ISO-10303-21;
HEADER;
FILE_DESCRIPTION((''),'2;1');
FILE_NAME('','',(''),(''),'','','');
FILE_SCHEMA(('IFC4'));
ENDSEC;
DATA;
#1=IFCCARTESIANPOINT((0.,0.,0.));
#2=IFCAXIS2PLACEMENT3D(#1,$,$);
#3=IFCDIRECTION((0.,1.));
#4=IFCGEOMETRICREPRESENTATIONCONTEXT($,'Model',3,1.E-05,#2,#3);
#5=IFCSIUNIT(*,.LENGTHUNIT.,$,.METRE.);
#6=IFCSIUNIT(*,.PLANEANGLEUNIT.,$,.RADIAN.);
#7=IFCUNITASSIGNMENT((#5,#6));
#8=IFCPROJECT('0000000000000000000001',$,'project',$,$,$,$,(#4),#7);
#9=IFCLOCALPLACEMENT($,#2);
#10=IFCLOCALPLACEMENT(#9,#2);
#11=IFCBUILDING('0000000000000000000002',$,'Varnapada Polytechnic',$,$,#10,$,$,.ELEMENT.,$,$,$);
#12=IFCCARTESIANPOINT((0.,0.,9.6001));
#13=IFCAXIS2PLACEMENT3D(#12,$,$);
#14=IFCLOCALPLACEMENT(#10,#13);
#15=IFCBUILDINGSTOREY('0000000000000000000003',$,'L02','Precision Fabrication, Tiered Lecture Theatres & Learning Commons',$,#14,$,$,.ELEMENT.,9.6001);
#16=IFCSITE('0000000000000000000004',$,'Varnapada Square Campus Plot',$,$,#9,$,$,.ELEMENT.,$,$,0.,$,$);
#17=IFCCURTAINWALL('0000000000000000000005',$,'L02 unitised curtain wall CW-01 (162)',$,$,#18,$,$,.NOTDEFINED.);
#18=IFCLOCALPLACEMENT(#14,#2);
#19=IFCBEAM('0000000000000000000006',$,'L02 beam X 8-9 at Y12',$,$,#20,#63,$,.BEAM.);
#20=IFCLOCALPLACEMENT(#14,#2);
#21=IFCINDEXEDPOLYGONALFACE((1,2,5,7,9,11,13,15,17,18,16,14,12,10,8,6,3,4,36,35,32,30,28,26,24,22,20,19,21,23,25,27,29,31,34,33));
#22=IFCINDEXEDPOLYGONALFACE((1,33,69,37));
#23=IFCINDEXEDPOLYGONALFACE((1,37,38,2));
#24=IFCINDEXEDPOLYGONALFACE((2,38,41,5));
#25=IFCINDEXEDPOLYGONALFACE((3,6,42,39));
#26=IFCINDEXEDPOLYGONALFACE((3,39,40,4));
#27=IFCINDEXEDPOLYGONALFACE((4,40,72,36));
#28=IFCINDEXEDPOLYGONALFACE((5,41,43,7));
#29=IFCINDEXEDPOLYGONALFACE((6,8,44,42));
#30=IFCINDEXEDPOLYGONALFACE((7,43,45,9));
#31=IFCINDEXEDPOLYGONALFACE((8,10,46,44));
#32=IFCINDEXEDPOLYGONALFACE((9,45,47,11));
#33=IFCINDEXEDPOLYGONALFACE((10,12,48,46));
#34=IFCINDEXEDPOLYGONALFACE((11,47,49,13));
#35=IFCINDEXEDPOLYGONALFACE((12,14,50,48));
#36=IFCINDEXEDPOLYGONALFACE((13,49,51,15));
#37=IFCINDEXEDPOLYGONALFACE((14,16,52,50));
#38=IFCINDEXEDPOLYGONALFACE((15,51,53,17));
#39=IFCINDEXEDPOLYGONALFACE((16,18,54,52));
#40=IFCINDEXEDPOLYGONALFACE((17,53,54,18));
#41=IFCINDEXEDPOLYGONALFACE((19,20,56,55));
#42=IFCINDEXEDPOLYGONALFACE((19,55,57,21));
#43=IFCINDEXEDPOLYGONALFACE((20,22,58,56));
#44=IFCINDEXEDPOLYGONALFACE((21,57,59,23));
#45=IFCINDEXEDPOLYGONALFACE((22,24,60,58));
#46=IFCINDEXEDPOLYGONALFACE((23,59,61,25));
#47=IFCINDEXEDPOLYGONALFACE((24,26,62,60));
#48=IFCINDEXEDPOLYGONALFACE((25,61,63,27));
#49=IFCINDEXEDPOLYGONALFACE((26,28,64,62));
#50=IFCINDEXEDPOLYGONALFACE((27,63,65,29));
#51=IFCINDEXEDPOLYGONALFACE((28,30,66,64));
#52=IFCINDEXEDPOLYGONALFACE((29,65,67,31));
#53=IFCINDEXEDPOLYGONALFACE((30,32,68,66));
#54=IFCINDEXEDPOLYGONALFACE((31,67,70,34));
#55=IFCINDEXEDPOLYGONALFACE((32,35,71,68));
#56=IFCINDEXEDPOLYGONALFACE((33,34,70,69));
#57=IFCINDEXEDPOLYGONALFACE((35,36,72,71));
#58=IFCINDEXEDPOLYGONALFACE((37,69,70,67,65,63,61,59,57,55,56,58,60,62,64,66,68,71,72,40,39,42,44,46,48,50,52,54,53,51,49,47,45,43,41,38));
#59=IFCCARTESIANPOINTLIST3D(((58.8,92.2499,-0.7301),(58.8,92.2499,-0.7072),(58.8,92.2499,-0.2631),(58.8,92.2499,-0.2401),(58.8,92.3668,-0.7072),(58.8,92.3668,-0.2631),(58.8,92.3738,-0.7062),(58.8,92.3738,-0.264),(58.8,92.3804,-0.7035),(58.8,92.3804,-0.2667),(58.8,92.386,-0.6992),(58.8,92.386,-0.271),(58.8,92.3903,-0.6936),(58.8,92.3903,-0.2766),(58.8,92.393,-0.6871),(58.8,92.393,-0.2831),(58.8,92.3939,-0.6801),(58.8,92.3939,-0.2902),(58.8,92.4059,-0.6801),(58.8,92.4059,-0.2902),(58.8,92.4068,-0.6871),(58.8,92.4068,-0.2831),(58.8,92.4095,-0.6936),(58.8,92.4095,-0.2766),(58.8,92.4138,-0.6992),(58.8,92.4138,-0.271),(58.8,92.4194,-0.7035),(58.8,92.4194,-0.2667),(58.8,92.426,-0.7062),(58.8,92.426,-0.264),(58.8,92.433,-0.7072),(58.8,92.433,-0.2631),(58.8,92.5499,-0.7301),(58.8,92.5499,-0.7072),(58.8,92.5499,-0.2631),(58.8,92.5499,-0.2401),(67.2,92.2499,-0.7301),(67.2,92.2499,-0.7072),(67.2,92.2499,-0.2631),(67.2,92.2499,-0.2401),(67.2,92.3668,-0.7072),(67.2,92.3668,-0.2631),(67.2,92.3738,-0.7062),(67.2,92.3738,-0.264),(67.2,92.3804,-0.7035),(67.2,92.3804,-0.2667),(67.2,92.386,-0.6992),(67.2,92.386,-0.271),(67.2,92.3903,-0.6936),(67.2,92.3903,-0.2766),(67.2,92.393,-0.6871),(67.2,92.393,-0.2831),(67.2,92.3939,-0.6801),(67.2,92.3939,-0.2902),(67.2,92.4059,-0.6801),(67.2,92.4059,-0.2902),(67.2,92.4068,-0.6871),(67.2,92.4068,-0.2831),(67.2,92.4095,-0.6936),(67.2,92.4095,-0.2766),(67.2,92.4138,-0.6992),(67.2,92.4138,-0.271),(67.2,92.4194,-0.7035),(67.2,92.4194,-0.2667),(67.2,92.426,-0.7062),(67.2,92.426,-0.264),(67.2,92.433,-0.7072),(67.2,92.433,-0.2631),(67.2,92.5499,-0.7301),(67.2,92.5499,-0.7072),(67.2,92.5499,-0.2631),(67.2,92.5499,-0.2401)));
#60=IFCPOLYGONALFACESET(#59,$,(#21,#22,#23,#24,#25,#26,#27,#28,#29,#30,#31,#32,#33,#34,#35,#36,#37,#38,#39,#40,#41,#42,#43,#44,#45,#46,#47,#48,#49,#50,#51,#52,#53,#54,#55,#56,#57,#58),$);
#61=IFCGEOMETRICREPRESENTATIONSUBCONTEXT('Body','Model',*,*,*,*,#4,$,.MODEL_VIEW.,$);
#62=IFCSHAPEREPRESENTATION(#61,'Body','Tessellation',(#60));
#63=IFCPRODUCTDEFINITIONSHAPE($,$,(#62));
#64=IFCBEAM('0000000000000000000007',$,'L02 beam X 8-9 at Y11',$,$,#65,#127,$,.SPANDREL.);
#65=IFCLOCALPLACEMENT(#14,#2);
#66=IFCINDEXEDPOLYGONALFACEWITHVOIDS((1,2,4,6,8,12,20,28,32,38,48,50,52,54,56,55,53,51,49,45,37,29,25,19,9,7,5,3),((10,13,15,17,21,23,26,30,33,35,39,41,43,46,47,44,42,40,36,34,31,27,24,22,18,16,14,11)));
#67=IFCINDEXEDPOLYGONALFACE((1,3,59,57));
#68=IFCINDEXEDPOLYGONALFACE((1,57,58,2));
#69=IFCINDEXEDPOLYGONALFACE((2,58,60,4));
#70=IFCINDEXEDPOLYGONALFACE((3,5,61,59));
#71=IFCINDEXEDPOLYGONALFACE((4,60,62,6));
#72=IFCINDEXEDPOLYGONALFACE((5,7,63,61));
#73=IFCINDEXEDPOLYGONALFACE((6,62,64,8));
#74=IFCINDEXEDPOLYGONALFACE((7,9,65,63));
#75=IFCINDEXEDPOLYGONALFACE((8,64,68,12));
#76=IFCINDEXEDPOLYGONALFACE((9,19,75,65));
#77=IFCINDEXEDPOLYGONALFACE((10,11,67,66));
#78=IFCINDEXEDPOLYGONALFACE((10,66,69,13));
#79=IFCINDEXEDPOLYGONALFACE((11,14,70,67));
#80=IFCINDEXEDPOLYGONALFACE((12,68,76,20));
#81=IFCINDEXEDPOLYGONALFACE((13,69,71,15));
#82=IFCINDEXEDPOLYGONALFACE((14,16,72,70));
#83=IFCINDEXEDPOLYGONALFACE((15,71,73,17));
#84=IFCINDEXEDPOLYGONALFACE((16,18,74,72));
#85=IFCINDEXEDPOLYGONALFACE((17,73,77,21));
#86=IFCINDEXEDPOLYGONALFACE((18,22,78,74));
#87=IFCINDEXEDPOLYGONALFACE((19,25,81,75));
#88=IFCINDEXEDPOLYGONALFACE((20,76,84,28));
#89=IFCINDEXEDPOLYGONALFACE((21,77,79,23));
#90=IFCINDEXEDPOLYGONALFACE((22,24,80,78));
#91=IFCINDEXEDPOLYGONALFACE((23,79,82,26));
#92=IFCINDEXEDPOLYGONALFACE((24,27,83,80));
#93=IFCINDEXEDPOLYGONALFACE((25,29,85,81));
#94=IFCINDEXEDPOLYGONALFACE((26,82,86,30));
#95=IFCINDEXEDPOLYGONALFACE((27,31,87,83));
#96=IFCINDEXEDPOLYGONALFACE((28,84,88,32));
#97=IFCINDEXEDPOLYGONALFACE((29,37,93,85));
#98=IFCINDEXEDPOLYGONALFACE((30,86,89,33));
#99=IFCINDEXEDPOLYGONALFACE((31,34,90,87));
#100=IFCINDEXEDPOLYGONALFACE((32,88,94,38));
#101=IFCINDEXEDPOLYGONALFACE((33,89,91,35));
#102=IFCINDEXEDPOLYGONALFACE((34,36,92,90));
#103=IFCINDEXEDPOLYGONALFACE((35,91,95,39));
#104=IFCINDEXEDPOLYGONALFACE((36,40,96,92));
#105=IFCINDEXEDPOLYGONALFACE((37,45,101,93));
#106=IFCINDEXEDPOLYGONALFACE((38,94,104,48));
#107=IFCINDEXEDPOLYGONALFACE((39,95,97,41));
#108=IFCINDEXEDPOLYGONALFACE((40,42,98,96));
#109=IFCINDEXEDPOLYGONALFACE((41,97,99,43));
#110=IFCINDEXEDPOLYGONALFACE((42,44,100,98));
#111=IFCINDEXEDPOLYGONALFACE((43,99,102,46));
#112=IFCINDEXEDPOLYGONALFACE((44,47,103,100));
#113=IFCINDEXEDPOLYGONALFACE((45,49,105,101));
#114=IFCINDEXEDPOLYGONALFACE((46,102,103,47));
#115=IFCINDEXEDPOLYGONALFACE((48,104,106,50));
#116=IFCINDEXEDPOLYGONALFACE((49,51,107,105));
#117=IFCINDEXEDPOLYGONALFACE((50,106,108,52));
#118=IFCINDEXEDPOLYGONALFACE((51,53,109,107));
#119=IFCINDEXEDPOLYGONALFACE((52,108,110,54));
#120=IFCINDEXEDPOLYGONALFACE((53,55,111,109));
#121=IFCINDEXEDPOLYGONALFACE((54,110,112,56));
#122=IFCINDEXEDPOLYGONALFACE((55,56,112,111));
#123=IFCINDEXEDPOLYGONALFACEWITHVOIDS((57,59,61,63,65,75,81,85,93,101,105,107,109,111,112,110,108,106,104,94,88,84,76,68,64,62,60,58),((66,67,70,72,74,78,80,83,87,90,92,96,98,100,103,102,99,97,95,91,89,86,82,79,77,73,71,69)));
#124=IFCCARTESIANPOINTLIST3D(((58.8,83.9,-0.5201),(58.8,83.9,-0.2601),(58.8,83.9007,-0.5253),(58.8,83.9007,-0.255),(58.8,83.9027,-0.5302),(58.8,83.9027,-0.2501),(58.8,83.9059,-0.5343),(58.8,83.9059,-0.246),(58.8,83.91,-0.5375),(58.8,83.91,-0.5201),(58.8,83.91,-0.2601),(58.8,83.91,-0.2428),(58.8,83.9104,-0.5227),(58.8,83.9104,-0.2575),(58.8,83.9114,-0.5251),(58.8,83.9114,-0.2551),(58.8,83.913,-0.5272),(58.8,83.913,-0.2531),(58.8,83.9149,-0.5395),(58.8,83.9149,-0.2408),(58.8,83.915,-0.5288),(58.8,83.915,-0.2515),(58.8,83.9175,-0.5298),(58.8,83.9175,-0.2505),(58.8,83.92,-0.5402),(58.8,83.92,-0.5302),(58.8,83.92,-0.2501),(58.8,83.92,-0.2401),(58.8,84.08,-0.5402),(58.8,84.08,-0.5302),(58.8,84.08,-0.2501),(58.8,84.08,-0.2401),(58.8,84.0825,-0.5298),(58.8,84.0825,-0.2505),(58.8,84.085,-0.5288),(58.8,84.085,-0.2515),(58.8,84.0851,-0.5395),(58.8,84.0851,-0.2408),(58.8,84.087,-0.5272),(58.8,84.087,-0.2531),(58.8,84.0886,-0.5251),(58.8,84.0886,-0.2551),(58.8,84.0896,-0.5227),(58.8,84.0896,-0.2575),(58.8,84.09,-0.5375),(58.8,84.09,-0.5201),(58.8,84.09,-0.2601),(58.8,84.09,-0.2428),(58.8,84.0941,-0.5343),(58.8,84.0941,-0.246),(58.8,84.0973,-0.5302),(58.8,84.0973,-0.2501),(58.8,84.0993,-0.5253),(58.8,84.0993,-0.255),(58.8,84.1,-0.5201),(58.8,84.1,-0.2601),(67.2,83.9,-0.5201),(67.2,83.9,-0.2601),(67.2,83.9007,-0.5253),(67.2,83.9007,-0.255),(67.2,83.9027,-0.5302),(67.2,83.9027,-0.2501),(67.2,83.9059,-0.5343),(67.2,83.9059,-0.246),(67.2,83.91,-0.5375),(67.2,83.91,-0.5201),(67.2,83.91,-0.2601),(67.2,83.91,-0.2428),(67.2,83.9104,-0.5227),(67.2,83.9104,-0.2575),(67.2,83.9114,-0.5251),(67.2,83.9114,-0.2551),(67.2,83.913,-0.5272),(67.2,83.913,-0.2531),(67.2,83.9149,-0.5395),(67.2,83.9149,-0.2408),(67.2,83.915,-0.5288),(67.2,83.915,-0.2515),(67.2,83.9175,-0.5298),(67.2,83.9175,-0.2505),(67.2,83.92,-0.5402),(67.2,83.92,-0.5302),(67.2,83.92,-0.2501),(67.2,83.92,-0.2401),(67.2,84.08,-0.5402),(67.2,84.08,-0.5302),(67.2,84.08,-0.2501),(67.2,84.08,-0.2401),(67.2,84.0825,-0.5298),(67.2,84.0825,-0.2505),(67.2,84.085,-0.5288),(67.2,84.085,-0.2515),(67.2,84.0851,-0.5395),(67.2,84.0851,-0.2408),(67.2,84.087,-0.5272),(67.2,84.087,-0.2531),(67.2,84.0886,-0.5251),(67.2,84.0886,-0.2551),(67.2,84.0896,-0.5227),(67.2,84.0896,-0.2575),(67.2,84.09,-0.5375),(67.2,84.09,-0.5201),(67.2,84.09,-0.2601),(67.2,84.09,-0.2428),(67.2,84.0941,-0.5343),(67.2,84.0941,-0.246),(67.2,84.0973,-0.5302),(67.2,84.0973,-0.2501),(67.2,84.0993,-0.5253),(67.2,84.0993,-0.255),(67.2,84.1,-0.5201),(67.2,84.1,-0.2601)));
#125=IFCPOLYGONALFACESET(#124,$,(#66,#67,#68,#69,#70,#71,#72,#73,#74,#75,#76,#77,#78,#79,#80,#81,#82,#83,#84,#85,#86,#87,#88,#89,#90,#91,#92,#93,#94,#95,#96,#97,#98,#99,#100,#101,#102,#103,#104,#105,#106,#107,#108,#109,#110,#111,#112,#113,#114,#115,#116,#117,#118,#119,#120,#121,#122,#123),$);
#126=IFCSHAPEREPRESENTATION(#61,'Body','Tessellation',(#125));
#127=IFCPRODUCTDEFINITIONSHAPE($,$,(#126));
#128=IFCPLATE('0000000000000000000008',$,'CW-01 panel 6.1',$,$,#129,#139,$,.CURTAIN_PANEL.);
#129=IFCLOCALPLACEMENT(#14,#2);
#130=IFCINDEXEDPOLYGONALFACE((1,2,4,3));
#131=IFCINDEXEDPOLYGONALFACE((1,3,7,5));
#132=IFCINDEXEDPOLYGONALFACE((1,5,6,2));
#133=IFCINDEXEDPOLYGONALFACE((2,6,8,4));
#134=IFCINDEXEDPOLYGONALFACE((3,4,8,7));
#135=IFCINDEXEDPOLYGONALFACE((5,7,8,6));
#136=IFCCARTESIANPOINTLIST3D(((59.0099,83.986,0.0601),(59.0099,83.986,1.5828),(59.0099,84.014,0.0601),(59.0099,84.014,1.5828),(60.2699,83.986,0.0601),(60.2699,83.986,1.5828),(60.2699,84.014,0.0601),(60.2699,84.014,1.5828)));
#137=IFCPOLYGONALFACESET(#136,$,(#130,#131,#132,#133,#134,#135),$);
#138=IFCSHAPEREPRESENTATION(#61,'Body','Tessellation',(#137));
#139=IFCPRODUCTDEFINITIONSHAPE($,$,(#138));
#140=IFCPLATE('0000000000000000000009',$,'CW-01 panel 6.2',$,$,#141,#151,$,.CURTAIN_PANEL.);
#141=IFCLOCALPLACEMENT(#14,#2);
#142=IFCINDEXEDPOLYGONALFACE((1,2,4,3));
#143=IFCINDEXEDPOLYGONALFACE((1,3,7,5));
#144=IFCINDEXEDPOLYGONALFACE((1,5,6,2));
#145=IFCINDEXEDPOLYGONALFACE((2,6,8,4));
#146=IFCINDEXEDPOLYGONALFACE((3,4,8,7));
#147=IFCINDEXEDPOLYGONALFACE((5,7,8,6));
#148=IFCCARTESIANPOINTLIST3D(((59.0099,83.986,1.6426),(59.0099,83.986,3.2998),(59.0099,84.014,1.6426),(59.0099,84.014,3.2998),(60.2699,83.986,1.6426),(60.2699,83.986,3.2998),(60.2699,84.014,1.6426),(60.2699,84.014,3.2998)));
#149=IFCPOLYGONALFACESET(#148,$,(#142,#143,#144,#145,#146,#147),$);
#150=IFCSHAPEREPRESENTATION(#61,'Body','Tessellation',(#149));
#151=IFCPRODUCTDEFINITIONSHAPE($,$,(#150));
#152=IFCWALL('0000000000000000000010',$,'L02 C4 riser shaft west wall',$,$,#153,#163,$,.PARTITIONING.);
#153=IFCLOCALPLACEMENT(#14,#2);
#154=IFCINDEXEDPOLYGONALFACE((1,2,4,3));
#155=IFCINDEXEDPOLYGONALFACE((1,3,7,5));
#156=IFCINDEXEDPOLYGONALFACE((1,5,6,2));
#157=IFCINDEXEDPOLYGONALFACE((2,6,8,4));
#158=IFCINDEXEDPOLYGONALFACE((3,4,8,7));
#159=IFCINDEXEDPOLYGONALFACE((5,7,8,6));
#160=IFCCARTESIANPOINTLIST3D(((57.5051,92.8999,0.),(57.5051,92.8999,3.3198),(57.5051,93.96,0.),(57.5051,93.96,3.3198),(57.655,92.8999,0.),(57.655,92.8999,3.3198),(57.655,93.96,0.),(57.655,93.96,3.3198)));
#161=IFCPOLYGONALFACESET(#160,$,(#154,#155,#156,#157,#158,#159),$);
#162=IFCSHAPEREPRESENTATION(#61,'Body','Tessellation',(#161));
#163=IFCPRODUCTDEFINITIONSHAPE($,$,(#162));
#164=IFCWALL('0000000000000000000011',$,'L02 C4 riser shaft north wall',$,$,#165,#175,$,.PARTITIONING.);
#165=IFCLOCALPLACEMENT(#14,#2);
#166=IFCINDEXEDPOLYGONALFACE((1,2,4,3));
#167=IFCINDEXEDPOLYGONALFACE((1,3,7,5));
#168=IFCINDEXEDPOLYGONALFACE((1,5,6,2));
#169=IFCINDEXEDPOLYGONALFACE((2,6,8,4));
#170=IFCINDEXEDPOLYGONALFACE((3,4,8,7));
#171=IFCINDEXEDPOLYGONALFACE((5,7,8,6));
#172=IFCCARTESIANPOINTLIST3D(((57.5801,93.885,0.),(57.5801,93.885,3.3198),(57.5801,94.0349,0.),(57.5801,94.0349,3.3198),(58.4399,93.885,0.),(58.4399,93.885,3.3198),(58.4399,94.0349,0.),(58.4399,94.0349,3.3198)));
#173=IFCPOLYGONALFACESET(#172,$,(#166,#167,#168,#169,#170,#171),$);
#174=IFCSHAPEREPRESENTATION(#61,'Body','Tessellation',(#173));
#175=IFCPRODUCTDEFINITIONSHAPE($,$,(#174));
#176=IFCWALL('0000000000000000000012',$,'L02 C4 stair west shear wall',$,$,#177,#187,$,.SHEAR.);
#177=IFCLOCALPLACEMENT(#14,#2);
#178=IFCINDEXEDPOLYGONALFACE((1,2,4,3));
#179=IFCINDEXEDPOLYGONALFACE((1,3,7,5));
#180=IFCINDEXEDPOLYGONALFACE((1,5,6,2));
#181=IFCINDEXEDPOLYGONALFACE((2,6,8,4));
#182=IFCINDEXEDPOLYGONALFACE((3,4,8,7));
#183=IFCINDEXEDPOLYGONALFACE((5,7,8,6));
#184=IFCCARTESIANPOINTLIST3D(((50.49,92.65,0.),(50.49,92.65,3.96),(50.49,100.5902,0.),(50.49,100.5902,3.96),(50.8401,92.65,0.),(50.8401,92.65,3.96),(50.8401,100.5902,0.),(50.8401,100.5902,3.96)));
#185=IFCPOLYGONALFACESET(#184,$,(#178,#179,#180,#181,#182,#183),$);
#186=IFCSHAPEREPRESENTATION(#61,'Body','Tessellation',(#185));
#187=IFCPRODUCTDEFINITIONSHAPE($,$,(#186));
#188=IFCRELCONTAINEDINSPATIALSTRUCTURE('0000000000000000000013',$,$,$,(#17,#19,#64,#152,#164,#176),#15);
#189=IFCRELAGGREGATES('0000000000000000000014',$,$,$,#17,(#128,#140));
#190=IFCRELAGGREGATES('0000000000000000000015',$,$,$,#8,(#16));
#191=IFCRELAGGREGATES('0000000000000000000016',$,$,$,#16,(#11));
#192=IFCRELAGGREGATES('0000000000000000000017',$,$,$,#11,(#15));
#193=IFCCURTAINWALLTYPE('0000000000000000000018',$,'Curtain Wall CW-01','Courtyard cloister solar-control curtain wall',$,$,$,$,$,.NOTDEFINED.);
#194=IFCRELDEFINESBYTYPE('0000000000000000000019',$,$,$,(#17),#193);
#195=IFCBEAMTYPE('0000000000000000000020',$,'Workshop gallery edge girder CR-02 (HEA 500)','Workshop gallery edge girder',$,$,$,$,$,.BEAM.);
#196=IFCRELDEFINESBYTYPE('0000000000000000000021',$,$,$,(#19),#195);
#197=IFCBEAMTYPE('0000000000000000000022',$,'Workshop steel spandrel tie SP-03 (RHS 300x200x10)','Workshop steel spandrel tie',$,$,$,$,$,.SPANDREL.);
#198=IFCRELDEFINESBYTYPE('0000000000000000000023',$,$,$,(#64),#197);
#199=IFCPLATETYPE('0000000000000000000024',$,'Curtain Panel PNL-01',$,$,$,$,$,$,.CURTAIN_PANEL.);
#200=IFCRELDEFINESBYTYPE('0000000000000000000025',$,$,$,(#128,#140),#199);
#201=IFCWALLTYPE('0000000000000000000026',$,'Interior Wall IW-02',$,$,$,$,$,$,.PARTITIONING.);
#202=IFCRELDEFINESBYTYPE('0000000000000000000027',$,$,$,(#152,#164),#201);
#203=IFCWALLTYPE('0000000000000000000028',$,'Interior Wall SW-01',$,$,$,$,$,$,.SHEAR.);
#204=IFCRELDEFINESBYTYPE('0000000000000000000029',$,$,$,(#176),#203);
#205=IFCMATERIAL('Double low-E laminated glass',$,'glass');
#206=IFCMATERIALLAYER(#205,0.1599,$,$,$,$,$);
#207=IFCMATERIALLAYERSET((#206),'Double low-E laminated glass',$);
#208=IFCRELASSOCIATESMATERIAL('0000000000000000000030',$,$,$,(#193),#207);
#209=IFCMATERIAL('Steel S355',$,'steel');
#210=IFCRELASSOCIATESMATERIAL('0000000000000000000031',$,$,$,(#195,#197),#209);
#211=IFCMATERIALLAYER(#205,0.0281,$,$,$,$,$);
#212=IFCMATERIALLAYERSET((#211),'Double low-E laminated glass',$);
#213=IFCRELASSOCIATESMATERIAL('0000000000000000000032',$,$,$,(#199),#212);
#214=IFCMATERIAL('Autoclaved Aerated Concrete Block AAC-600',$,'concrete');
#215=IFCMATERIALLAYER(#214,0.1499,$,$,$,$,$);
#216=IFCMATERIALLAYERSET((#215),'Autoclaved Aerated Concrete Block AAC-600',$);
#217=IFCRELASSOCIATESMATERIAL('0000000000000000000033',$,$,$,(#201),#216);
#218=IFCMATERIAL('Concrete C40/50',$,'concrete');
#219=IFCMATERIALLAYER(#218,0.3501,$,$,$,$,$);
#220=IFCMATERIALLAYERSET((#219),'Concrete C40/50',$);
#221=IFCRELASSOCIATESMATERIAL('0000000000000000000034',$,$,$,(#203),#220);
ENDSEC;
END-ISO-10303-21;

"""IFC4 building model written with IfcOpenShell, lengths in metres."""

from ifc_helpers import new_model, si_unit, direction, frame, frame_2d, origin, origin_2d, place, context, subcontext, project, spatial, rectangle, hollow_rectangle, i_section, extrude, material, layer, layer_set, material_profile, profile_set, type_object, element, aggregate, save


model = new_model("IFC4")

# Units and contexts
model_context = context("Model", 3, precision=1e-05, world=origin(), true_north=direction((0.0, 1.0)))
body_context = subcontext(model_context, "Body", "Model", "MODEL_VIEW")
ifc_project = project(units=[si_unit("LENGTHUNIT", "METRE"), si_unit("PLANEANGLEUNIT", "RADIAN")], contexts=[model_context])

# Site, building, storey
site_placement = place(None, origin())
site = spatial("IfcSite", under=ifc_project, at=site_placement, Name="Varnapada Square Campus Plot", CompositionType="ELEMENT", RefElevation=0.0)
building_placement = place(site_placement, origin())
building = spatial("IfcBuilding", under=site, at=building_placement, Name="Varnapada Polytechnic", CompositionType="ELEMENT")
storey_placement = place(building_placement, frame((0.0, 0.0, 9.6001)))
storey = spatial("IfcBuildingStorey", under=building, at=storey_placement, Name="L02", Description="Precision Fabrication, Tiered Lecture Theatres & Learning Commons", CompositionType="ELEMENT", Elevation=9.6001)

# Shared definitions
ifc_material_1 = material(Name="Steel S355", Category="steel")

# Curtain wall
ifc_material_2 = material(Name="Double low-E laminated glass", Category="glass")
ifc_layer_1 = layer(ifc_material_2, 0.1599)
ifc_layer_set_1 = layer_set([ifc_layer_1], Name="Double low-E laminated glass")
curtain_wall_type = type_object("IfcCurtainWallType", Name="Curtain Wall CW-01", Description="Courtyard cloister solar-control curtain wall", PredefinedType="NOTDEFINED", material=ifc_layer_set_1)
curtain_wall_1_placement = place(storey_placement, origin())
curtain_wall_1 = element("IfcCurtainWall", 1, at=curtain_wall_1_placement, inside=storey, type_object=curtain_wall_type, Name="L02 unitised curtain wall CW-01 (162)", PredefinedType="NOTDEFINED")

# Beams
ifc_material_profile_1 = material_profile(ifc_material_1, i_section(OverallWidth=0.3, OverallDepth=0.49, WebThickness=0.012, FlangeThickness=0.0229, FilletRadius=0.0271, at=origin_2d()), Name="HEA 500")
ifc_profile_set_1 = profile_set([ifc_material_profile_1], Name="Steel S355")
beam_type_1 = type_object("IfcBeamType", Name="Workshop gallery edge girder CR-02 (HEA 500)", Description="Workshop gallery edge girder", PredefinedType="BEAM", material=ifc_profile_set_1)
beam_1_placement = place(storey_placement, frame((58.8, 92.3999, -0.4851), z_axis=(1.0, 0.0, 0.0), x_axis=(0.0, 1.0, 0.0)))
element("IfcBeam", 2, at=beam_1_placement, inside=storey, type_object=beam_type_1, Name="L02 beam X 8-9 at Y12", PredefinedType="BEAM", context=body_context, shape_type="SweptSolid", body=[
    extrude(i_section(OverallWidth=0.3, OverallDepth=0.49, WebThickness=0.012, FlangeThickness=0.0229, FilletRadius=0.0271, at=origin_2d()), origin(), (0.0, 0.0, 1.0), 8.3999),
])
ifc_material_profile_2 = material_profile(ifc_material_1, hollow_rectangle(XDim=0.2, YDim=0.3, WallThickness=0.01, InnerFilletRadius=0.01, OuterFilletRadius=0.02, at=origin_2d()), Name="RHS 300x200x10")
ifc_profile_set_2 = profile_set([ifc_material_profile_2], Name="Steel S355")
beam_type_2 = type_object("IfcBeamType", Name="Workshop steel spandrel tie SP-03 (RHS 300x200x10)", Description="Workshop steel spandrel tie", PredefinedType="SPANDREL", material=ifc_profile_set_2)
beam_2_placement = place(storey_placement, frame((58.8, 84.0, -0.3901), z_axis=(1.0, 0.0, 0.0), x_axis=(0.0, 1.0, 0.0)))
element("IfcBeam", 3, at=beam_2_placement, inside=storey, type_object=beam_type_2, Name="L02 beam X 8-9 at Y11", PredefinedType="SPANDREL", context=body_context, shape_type="SweptSolid", body=[
    extrude(hollow_rectangle(XDim=0.2, YDim=0.3, WallThickness=0.01, InnerFilletRadius=0.01, OuterFilletRadius=0.02, at=origin_2d()), origin(), (0.0, 0.0, 1.0), 8.3999),
])

# Plates
ifc_layer_2 = layer(ifc_material_2, 0.0281)
ifc_layer_set_2 = layer_set([ifc_layer_2], Name="Double low-E laminated glass")
plate_type = type_object("IfcPlateType", Name="Curtain Panel PNL-01", PredefinedType="CURTAIN_PANEL", material=ifc_layer_set_2)
plate_1_placement = place(storey_placement, frame((59.6399, 84.0, 0.0601), z_axis=(0.0, 0.0, 1.0), x_axis=(-1.0, 0.0, 0.0)))
plate_1 = element("IfcPlate", 4, at=plate_1_placement, type_object=plate_type, Name="CW-01 panel 6.1", PredefinedType="CURTAIN_PANEL", context=body_context, shape_type="SweptSolid", body=[
    extrude(rectangle(XDim=1.26, YDim=0.0281, at=origin_2d()), origin(), (0.0, 0.0, 1.0), 1.5227),
])
plate_2_placement = place(storey_placement, frame((59.6399, 84.0, 1.6426), z_axis=(0.0, 0.0, 1.0), x_axis=(-1.0, 0.0, 0.0)))
plate_2 = element("IfcPlate", 5, at=plate_2_placement, type_object=plate_type, Name="CW-01 panel 6.2", PredefinedType="CURTAIN_PANEL", context=body_context, shape_type="SweptSolid", body=[
    extrude(rectangle(XDim=1.26, YDim=0.0281, at=origin_2d()), origin(), (0.0, 0.0, 1.0), 1.6572),
])
aggregate(curtain_wall_1, [plate_1, plate_2])

# Walls
ifc_material_3 = material(Name="Autoclaved Aerated Concrete Block AAC-600", Category="concrete")
ifc_layer_3 = layer(ifc_material_3, 0.1499)
ifc_layer_set_3 = layer_set([ifc_layer_3], Name="Autoclaved Aerated Concrete Block AAC-600")
wall_type_1 = type_object("IfcWallType", Name="Interior Wall IW-02", PredefinedType="PARTITIONING", material=ifc_layer_set_3)
wall_1_placement = place(storey_placement, frame((57.5801, 93.96, 0.0), z_axis=(0.0, 0.0, 1.0), x_axis=(0.0, -1.0, 0.0)))
element("IfcWall", 6, at=wall_1_placement, inside=storey, type_object=wall_type_1, Name="L02 C4 riser shaft west wall", PredefinedType="PARTITIONING", context=body_context, shape_type="SweptSolid", body=[
    extrude(rectangle(XDim=1.0601, YDim=0.1499, at=frame_2d((0.53, 0.0))), origin(), (0.0, 0.0, 1.0), 3.3198),
])
wall_2_placement = place(storey_placement, frame((57.5801, 93.96, 0.0), z_axis=(0.0, 0.0, 1.0), x_axis=(1.0, 0.0, 0.0)))
element("IfcWall", 7, at=wall_2_placement, inside=storey, type_object=wall_type_1, Name="L02 C4 riser shaft north wall", PredefinedType="PARTITIONING", context=body_context, shape_type="SweptSolid", body=[
    extrude(rectangle(XDim=0.8599, YDim=0.1499, at=frame_2d((0.4299, 0.0))), origin(), (0.0, 0.0, 1.0), 3.3198),
])
ifc_material_4 = material(Name="Concrete C40/50", Category="concrete")
ifc_layer_4 = layer(ifc_material_4, 0.3501)
ifc_layer_set_4 = layer_set([ifc_layer_4], Name="Concrete C40/50")
wall_type_2 = type_object("IfcWallType", Name="Interior Wall SW-01", PredefinedType="SHEAR", material=ifc_layer_set_4)
wall_3_placement = place(storey_placement, frame((50.665, 92.6499, 0.0), z_axis=(0.0, 0.0, 1.0), x_axis=(0.0, 1.0, 0.0)))
element("IfcWall", 8, at=wall_3_placement, inside=storey, type_object=wall_type_2, Name="L02 C4 stair west shear wall", PredefinedType="SHEAR", context=body_context, shape_type="SweptSolid", body=[
    extrude(rectangle(XDim=7.9402, YDim=0.3501, at=frame_2d((3.9702, 0.0))), origin(), (0.0, 0.0, 1.0), 3.96),
])

save(model, "model.ifc")
